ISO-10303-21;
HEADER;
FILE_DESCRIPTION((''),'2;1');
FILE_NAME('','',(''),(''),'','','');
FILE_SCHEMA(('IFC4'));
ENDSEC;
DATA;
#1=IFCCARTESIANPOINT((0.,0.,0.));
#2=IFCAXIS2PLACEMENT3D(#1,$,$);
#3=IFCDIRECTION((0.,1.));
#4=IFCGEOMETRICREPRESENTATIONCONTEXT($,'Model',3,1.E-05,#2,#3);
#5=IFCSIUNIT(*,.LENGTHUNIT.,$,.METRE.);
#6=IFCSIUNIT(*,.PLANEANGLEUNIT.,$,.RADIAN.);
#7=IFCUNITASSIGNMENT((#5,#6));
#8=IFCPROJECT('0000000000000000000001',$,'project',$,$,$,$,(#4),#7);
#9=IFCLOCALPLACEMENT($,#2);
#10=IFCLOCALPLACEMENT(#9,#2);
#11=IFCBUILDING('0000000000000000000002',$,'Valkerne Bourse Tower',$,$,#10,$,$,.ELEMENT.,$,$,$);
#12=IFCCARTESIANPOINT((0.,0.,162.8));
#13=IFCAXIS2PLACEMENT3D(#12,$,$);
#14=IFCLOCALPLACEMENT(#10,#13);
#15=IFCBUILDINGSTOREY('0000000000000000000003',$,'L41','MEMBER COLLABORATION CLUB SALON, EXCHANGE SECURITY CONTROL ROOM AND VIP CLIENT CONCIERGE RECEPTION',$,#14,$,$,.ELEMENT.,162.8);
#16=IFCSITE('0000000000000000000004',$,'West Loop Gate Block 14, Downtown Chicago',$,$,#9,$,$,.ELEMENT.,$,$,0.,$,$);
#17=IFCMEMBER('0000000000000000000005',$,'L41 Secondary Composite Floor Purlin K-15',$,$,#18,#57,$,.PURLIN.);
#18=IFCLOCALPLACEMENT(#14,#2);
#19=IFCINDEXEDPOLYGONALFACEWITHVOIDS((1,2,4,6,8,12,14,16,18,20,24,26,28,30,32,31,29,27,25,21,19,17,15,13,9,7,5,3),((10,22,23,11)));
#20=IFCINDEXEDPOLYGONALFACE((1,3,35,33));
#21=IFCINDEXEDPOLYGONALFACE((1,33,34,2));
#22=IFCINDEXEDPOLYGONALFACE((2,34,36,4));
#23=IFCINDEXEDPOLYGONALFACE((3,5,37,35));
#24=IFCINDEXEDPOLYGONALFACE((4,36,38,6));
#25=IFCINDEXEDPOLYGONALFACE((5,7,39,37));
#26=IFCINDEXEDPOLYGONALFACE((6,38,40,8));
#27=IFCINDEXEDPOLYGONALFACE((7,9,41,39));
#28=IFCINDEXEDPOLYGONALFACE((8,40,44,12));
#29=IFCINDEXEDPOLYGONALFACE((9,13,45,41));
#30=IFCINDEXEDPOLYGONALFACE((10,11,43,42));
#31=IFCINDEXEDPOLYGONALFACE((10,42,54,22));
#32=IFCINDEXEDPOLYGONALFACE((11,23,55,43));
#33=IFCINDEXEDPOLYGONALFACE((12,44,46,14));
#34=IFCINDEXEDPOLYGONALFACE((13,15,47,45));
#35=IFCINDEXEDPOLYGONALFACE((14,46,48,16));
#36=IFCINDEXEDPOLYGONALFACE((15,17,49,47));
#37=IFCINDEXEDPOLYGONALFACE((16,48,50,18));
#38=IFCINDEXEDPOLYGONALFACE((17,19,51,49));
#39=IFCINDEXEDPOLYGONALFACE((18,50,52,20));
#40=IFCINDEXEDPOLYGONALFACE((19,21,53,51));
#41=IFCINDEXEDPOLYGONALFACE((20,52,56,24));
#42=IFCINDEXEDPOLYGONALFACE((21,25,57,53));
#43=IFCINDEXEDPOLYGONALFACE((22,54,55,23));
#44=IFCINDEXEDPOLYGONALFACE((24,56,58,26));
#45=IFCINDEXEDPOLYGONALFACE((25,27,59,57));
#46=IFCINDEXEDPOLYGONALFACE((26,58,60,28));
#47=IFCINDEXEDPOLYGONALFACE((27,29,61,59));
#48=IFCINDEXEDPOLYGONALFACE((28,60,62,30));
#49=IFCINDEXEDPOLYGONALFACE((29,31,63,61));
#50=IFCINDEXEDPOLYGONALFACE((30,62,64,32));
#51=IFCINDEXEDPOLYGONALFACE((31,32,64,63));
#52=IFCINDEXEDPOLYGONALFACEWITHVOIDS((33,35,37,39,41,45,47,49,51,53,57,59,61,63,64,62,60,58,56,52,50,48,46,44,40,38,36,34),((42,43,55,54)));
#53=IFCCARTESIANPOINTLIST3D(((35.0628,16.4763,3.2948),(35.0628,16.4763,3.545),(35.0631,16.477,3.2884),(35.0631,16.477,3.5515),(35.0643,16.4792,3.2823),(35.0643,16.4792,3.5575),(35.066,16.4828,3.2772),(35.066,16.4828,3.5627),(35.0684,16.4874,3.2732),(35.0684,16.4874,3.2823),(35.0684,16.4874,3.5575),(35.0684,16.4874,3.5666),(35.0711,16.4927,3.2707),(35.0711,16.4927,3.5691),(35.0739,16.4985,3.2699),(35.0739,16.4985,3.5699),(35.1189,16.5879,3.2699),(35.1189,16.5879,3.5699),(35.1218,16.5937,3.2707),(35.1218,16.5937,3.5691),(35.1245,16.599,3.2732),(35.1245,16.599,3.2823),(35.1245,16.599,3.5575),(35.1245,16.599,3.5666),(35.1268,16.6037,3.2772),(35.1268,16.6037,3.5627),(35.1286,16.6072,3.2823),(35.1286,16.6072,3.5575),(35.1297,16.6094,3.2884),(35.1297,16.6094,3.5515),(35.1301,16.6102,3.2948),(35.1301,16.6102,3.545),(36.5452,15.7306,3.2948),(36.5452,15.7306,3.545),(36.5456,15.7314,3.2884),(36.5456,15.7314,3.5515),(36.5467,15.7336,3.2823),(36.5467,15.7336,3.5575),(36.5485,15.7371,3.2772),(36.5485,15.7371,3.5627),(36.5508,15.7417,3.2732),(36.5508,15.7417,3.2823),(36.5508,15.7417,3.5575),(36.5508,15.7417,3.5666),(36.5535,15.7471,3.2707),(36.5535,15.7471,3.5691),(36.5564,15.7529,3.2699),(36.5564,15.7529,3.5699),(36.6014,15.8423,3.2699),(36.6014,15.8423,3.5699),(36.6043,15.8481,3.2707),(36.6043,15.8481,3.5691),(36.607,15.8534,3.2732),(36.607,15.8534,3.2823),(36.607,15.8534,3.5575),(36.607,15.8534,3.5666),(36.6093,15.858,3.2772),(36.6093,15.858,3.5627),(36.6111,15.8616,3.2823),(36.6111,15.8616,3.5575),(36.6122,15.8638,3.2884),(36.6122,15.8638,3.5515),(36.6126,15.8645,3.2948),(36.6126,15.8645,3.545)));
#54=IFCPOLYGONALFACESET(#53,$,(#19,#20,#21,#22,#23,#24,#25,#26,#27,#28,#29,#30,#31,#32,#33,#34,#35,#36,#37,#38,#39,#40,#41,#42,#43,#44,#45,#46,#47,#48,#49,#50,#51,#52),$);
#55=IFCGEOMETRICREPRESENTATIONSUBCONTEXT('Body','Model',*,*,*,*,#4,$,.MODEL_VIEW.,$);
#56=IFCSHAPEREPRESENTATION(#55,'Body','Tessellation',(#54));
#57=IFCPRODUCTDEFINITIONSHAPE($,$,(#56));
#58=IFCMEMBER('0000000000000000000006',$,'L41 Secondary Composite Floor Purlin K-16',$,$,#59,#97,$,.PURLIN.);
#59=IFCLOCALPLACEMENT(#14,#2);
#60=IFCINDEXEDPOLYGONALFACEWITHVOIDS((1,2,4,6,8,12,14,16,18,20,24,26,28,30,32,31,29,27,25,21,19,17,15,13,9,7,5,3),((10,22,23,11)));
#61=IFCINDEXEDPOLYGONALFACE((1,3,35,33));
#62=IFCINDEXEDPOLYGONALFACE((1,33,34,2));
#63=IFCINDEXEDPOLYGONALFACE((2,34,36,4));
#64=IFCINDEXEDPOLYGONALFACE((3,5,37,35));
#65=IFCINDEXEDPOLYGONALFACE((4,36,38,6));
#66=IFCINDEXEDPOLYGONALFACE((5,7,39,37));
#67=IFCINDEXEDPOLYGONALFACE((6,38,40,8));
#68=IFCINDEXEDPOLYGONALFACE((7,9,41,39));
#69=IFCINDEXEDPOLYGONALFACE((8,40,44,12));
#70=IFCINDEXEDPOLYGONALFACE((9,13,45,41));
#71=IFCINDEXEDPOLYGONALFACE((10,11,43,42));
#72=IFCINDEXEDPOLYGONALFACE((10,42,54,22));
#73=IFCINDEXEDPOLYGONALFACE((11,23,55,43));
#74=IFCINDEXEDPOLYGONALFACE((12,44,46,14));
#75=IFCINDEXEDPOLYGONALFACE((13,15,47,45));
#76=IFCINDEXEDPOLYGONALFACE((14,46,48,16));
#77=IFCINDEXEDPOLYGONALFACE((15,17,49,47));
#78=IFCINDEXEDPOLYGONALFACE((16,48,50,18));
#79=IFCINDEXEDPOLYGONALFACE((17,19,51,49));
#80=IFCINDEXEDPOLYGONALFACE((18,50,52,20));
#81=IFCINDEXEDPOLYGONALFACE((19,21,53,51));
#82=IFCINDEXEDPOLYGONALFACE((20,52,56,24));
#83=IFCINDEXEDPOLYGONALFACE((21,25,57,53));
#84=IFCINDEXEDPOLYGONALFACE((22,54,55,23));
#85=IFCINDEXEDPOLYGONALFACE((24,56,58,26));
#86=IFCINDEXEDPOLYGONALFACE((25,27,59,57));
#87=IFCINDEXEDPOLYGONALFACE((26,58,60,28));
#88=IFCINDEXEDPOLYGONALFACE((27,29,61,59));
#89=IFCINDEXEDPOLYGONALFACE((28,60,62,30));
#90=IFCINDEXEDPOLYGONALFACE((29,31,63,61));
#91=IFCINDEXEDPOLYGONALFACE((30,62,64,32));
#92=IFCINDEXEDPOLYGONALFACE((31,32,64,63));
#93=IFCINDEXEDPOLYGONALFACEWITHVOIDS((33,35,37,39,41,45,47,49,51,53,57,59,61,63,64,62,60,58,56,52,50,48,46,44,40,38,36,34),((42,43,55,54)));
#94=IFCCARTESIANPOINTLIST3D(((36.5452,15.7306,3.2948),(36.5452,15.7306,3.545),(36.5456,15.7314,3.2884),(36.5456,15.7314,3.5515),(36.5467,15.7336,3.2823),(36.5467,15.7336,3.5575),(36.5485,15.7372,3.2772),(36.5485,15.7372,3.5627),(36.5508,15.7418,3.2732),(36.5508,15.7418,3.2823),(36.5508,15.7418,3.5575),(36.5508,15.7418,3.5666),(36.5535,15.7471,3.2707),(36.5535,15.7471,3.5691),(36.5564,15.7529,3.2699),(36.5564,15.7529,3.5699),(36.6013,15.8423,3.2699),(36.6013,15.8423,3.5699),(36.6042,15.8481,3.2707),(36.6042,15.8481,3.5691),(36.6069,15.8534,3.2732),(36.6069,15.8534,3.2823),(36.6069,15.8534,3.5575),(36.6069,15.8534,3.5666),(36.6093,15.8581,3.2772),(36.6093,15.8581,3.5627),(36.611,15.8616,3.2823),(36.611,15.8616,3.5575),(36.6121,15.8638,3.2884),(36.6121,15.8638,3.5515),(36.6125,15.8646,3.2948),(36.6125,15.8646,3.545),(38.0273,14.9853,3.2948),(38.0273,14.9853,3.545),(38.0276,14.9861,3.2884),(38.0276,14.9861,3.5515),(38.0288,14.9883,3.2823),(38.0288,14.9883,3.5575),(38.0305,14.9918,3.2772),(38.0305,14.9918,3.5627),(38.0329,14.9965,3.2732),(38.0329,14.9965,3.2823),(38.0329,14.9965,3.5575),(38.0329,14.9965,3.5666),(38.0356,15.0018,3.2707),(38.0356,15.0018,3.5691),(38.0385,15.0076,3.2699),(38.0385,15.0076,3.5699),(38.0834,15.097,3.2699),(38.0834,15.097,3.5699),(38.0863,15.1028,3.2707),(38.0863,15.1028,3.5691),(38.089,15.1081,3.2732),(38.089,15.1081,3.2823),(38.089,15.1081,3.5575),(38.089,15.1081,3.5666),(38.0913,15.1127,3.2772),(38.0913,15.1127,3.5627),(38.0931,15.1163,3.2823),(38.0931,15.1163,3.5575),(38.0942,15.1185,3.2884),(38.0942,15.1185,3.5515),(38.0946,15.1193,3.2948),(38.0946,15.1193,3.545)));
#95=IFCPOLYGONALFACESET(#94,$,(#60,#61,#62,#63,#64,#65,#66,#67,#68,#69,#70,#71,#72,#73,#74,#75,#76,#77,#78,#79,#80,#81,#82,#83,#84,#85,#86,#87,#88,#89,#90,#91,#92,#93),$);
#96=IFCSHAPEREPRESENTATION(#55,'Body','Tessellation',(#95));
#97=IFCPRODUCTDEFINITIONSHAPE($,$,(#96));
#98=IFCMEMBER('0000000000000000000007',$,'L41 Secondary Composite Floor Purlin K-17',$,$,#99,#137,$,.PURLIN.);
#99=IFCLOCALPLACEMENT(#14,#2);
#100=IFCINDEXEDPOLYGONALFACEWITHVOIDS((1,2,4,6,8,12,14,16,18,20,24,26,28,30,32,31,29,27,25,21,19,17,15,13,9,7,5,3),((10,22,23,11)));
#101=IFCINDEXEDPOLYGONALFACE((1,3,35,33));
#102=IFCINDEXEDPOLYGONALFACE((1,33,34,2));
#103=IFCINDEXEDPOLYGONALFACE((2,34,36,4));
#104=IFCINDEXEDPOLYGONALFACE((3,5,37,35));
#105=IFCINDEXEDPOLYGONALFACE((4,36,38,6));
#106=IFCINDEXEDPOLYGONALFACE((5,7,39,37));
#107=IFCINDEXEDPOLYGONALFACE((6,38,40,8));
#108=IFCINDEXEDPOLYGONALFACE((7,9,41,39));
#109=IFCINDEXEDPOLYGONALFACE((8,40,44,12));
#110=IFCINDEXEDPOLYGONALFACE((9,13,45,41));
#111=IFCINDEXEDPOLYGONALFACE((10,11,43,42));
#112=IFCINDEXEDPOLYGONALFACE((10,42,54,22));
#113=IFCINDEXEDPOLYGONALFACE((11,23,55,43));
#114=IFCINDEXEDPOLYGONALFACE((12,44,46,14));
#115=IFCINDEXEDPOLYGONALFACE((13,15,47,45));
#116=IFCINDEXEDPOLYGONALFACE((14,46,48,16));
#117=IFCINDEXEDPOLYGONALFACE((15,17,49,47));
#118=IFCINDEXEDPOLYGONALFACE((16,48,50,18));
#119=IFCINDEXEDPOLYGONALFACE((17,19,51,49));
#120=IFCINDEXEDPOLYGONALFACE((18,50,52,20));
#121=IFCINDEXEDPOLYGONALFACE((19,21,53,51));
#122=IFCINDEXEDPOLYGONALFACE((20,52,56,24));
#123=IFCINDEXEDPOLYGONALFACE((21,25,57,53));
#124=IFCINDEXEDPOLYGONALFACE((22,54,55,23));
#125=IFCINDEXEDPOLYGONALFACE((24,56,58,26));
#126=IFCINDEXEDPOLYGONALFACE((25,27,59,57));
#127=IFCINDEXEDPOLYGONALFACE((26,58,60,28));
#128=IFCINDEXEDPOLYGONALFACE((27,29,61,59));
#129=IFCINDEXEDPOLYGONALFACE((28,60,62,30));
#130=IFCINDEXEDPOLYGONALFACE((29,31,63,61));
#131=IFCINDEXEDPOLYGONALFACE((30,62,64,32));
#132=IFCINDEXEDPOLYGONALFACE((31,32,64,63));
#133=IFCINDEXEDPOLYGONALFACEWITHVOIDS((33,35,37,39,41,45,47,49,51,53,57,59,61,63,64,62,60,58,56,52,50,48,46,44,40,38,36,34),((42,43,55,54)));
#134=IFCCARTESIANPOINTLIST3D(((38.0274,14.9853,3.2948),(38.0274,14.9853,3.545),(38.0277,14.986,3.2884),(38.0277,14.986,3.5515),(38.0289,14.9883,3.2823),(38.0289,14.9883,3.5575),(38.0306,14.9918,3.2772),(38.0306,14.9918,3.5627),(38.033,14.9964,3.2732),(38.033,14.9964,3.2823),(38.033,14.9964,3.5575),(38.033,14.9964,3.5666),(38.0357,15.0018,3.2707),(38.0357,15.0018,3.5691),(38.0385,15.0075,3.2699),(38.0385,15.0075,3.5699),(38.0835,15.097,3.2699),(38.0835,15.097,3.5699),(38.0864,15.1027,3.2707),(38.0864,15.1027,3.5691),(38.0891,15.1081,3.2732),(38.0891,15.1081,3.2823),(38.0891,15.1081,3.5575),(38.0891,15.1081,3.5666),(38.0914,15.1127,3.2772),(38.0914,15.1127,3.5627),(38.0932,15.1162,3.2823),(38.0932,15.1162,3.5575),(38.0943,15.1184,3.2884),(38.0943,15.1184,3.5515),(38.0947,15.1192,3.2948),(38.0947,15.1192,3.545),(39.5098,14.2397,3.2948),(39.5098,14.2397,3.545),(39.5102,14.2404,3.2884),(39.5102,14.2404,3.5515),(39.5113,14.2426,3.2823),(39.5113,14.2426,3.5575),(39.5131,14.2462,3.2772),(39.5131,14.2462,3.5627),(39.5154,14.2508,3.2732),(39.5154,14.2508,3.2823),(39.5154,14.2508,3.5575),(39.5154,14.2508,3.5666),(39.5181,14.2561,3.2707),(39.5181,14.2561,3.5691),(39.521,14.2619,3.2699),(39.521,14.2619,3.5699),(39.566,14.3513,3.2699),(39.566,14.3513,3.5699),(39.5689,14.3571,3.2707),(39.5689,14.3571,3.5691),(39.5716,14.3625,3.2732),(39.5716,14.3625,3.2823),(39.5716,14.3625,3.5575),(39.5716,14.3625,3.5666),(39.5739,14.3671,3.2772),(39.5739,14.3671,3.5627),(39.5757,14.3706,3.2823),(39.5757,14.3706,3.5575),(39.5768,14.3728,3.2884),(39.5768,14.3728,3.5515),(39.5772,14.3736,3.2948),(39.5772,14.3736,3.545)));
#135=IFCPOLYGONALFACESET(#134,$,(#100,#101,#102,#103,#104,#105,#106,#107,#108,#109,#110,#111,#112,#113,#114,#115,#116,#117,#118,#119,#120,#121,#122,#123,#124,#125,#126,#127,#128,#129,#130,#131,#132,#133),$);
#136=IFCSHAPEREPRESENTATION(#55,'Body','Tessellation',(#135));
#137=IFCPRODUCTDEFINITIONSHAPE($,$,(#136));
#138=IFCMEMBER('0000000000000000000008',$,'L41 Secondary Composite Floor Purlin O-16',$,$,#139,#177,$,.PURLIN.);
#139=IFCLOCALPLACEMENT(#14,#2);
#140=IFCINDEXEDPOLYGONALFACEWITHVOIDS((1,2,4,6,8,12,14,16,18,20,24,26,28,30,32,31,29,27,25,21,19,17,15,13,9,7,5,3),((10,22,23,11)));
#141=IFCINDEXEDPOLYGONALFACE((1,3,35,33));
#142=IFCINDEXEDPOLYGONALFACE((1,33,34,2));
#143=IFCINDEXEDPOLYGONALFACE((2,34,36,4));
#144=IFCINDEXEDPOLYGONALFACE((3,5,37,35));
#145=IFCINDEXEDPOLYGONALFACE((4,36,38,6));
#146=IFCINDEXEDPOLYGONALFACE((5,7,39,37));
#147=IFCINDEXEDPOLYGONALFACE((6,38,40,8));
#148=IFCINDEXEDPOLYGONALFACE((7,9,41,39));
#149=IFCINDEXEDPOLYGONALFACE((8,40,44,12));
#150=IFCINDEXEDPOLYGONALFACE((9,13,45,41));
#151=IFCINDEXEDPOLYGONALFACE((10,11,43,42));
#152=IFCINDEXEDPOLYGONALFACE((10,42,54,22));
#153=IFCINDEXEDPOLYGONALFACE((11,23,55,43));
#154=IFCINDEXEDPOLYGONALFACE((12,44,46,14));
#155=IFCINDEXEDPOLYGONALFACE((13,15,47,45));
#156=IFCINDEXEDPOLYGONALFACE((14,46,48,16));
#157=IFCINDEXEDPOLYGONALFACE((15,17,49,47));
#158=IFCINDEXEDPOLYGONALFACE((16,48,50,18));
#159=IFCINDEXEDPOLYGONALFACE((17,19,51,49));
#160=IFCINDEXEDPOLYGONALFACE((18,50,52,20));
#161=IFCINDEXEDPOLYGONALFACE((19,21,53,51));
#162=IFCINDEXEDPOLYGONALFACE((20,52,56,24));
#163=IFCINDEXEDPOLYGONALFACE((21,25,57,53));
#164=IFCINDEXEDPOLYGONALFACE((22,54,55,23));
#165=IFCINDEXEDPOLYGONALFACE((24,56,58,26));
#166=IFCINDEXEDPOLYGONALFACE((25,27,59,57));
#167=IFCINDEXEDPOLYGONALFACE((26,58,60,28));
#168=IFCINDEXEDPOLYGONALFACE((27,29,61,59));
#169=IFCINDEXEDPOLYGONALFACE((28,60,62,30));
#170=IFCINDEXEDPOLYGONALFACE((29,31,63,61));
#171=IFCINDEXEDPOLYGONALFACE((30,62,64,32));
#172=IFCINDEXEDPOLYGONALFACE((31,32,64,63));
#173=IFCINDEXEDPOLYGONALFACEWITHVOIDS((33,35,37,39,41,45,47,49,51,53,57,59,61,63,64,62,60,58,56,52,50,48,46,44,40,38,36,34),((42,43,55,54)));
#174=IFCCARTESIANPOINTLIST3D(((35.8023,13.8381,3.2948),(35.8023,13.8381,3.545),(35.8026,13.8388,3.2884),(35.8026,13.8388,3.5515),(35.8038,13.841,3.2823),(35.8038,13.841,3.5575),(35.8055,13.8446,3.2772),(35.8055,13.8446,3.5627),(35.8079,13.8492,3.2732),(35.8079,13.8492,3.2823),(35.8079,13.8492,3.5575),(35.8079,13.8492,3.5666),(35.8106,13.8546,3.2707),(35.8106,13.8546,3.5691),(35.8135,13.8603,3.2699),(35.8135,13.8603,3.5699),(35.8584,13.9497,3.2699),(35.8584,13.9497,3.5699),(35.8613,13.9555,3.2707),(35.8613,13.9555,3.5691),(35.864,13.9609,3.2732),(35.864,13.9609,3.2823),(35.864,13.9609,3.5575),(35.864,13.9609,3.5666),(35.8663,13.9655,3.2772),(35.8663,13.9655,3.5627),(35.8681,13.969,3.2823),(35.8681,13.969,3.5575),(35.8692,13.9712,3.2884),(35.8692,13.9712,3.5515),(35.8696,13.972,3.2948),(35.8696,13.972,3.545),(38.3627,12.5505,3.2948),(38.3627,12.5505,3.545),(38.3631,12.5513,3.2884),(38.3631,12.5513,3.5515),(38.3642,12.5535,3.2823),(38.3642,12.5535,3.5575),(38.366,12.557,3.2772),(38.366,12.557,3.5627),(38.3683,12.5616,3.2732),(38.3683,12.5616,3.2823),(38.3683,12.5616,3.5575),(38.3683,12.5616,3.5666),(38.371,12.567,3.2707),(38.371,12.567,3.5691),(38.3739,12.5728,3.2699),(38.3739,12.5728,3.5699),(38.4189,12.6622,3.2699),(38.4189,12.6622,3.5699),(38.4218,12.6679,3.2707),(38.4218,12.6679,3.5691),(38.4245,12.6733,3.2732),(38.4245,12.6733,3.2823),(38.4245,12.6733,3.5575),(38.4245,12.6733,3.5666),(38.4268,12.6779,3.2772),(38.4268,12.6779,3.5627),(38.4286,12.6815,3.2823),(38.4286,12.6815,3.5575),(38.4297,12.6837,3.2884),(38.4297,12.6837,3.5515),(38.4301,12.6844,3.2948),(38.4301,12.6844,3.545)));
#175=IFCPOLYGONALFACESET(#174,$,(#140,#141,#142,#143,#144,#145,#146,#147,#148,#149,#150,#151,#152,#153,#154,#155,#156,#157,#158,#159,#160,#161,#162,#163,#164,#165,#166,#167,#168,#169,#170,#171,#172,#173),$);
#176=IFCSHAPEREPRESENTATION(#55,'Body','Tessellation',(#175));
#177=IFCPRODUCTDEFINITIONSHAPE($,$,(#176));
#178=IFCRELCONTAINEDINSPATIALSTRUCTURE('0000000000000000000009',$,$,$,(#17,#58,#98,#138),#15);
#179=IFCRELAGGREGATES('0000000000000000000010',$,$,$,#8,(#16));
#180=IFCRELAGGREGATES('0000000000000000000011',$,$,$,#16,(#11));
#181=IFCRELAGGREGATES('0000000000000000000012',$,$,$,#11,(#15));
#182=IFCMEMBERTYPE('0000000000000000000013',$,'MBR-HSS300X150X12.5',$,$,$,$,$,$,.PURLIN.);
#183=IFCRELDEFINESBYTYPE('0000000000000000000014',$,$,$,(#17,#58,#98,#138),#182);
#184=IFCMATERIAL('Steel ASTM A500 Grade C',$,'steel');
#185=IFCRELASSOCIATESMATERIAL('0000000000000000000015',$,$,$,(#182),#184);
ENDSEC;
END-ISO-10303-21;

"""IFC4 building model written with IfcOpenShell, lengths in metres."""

from ifc_helpers import new_model, si_unit, direction, frame, origin, origin_2d, place, context, subcontext, project, spatial, hollow_rectangle, extrude, material, material_profile, profile_set, type_object, element, save


model = new_model("IFC4")

# Units and contexts
model_context = context("Model", 3, precision=1e-05, world=origin(), true_north=direction((0.0, 1.0)))
body_context = subcontext(model_context, "Body", "Model", "MODEL_VIEW")
ifc_project = project(units=[si_unit("LENGTHUNIT", "METRE"), si_unit("PLANEANGLEUNIT", "RADIAN")], contexts=[model_context])

# Site, building, storey
site_placement = place(None, origin())
site = spatial("IfcSite", under=ifc_project, at=site_placement, Name="West Loop Gate Block 14, Downtown Chicago", CompositionType="ELEMENT", RefElevation=0.0)
building_placement = place(site_placement, origin())
building = spatial("IfcBuilding", under=site, at=building_placement, Name="Valkerne Bourse Tower", CompositionType="ELEMENT")
storey_placement = place(building_placement, frame((0.0, 0.0, 162.8)))
storey = spatial("IfcBuildingStorey", under=building, at=storey_placement, Name="L41", Description="MEMBER COLLABORATION CLUB SALON, EXCHANGE SECURITY CONTROL ROOM AND VIP CLIENT CONCIERGE RECEPTION", CompositionType="ELEMENT", Elevation=162.8)

# Members
ifc_material_1 = material(Name="Steel ASTM A500 Grade C", Category="steel")
ifc_material_profile_1 = material_profile(ifc_material_1, hollow_rectangle(XDim=0.1499, YDim=0.3, WallThickness=0.0125, OuterFilletRadius=0.0249, at=origin_2d()), Name="HSS300X150X12.5")
ifc_profile_set_1 = profile_set([ifc_material_profile_1], Name="Steel ASTM A500 Grade C")
member_type_1 = type_object("IfcMemberType", Name="MBR-HSS300X150X12.5", PredefinedType="PURLIN", material=ifc_profile_set_1)
member_1_placement = place(storey_placement, frame((35.0964, 16.5432, 3.4199), z_axis=(0.893365, -0.449331, 0.0), x_axis=(0.449331, 0.893365, 0.0)))
element("IfcMember", 1, at=member_1_placement, inside=storey, type_object=member_type_1, Name="L41 Secondary Composite Floor Purlin K-15", PredefinedType="PURLIN", context=body_context, shape_type="SweptSolid", body=[
    extrude(hollow_rectangle(XDim=0.1499, YDim=0.3, WallThickness=0.0125, OuterFilletRadius=0.0249, at=origin_2d()), origin(), (0.0, 0.0, 1.0), 1.6594),
])
member_2_placement = place(storey_placement, frame((36.5789, 15.7976, 3.4199), z_axis=(0.893395, -0.449273, 0.0), x_axis=(0.449273, 0.893395, 0.0)))
element("IfcMember", 2, at=member_2_placement, inside=storey, type_object=member_type_1, Name="L41 Secondary Composite Floor Purlin K-16", PredefinedType="PURLIN", context=body_context, shape_type="SweptSolid", body=[
    extrude(hollow_rectangle(XDim=0.1499, YDim=0.3, WallThickness=0.0125, OuterFilletRadius=0.0249, at=origin_2d()), origin(), (0.0, 0.0, 1.0), 1.6589),
])
member_3_placement = place(storey_placement, frame((38.061, 15.0522, 3.4199), z_axis=(0.893365, -0.449331, 0.0), x_axis=(0.449331, 0.893365, 0.0)))
element("IfcMember", 3, at=member_3_placement, inside=storey, type_object=member_type_1, Name="L41 Secondary Composite Floor Purlin K-17", PredefinedType="PURLIN", context=body_context, shape_type="SweptSolid", body=[
    extrude(hollow_rectangle(XDim=0.1499, YDim=0.3, WallThickness=0.0125, OuterFilletRadius=0.0249, at=origin_2d()), origin(), (0.0, 0.0, 1.0), 1.6594),
])
for number, where, z_axis, x_axis, name in (
    (4, (35.8359, 13.905, 3.4199), (0.893403, -0.449257, 0.0), (0.449257, 0.893403, 0.0), "L41 Secondary Composite Floor Purlin O-16"),
):
    element("IfcMember", number, at=place(storey_placement, frame(where, z_axis=z_axis, x_axis=x_axis)), inside=storey, type_object=member_type_1, Name=name, PredefinedType="PURLIN", context=body_context, shape_type="SweptSolid", body=[
        extrude(hollow_rectangle(XDim=0.1499, YDim=0.3, WallThickness=0.0125, OuterFilletRadius=0.0249, at=origin_2d()), origin(), (0.0, 0.0, 1.0), 2.866),
    ])

save(model, "model.ifc")
